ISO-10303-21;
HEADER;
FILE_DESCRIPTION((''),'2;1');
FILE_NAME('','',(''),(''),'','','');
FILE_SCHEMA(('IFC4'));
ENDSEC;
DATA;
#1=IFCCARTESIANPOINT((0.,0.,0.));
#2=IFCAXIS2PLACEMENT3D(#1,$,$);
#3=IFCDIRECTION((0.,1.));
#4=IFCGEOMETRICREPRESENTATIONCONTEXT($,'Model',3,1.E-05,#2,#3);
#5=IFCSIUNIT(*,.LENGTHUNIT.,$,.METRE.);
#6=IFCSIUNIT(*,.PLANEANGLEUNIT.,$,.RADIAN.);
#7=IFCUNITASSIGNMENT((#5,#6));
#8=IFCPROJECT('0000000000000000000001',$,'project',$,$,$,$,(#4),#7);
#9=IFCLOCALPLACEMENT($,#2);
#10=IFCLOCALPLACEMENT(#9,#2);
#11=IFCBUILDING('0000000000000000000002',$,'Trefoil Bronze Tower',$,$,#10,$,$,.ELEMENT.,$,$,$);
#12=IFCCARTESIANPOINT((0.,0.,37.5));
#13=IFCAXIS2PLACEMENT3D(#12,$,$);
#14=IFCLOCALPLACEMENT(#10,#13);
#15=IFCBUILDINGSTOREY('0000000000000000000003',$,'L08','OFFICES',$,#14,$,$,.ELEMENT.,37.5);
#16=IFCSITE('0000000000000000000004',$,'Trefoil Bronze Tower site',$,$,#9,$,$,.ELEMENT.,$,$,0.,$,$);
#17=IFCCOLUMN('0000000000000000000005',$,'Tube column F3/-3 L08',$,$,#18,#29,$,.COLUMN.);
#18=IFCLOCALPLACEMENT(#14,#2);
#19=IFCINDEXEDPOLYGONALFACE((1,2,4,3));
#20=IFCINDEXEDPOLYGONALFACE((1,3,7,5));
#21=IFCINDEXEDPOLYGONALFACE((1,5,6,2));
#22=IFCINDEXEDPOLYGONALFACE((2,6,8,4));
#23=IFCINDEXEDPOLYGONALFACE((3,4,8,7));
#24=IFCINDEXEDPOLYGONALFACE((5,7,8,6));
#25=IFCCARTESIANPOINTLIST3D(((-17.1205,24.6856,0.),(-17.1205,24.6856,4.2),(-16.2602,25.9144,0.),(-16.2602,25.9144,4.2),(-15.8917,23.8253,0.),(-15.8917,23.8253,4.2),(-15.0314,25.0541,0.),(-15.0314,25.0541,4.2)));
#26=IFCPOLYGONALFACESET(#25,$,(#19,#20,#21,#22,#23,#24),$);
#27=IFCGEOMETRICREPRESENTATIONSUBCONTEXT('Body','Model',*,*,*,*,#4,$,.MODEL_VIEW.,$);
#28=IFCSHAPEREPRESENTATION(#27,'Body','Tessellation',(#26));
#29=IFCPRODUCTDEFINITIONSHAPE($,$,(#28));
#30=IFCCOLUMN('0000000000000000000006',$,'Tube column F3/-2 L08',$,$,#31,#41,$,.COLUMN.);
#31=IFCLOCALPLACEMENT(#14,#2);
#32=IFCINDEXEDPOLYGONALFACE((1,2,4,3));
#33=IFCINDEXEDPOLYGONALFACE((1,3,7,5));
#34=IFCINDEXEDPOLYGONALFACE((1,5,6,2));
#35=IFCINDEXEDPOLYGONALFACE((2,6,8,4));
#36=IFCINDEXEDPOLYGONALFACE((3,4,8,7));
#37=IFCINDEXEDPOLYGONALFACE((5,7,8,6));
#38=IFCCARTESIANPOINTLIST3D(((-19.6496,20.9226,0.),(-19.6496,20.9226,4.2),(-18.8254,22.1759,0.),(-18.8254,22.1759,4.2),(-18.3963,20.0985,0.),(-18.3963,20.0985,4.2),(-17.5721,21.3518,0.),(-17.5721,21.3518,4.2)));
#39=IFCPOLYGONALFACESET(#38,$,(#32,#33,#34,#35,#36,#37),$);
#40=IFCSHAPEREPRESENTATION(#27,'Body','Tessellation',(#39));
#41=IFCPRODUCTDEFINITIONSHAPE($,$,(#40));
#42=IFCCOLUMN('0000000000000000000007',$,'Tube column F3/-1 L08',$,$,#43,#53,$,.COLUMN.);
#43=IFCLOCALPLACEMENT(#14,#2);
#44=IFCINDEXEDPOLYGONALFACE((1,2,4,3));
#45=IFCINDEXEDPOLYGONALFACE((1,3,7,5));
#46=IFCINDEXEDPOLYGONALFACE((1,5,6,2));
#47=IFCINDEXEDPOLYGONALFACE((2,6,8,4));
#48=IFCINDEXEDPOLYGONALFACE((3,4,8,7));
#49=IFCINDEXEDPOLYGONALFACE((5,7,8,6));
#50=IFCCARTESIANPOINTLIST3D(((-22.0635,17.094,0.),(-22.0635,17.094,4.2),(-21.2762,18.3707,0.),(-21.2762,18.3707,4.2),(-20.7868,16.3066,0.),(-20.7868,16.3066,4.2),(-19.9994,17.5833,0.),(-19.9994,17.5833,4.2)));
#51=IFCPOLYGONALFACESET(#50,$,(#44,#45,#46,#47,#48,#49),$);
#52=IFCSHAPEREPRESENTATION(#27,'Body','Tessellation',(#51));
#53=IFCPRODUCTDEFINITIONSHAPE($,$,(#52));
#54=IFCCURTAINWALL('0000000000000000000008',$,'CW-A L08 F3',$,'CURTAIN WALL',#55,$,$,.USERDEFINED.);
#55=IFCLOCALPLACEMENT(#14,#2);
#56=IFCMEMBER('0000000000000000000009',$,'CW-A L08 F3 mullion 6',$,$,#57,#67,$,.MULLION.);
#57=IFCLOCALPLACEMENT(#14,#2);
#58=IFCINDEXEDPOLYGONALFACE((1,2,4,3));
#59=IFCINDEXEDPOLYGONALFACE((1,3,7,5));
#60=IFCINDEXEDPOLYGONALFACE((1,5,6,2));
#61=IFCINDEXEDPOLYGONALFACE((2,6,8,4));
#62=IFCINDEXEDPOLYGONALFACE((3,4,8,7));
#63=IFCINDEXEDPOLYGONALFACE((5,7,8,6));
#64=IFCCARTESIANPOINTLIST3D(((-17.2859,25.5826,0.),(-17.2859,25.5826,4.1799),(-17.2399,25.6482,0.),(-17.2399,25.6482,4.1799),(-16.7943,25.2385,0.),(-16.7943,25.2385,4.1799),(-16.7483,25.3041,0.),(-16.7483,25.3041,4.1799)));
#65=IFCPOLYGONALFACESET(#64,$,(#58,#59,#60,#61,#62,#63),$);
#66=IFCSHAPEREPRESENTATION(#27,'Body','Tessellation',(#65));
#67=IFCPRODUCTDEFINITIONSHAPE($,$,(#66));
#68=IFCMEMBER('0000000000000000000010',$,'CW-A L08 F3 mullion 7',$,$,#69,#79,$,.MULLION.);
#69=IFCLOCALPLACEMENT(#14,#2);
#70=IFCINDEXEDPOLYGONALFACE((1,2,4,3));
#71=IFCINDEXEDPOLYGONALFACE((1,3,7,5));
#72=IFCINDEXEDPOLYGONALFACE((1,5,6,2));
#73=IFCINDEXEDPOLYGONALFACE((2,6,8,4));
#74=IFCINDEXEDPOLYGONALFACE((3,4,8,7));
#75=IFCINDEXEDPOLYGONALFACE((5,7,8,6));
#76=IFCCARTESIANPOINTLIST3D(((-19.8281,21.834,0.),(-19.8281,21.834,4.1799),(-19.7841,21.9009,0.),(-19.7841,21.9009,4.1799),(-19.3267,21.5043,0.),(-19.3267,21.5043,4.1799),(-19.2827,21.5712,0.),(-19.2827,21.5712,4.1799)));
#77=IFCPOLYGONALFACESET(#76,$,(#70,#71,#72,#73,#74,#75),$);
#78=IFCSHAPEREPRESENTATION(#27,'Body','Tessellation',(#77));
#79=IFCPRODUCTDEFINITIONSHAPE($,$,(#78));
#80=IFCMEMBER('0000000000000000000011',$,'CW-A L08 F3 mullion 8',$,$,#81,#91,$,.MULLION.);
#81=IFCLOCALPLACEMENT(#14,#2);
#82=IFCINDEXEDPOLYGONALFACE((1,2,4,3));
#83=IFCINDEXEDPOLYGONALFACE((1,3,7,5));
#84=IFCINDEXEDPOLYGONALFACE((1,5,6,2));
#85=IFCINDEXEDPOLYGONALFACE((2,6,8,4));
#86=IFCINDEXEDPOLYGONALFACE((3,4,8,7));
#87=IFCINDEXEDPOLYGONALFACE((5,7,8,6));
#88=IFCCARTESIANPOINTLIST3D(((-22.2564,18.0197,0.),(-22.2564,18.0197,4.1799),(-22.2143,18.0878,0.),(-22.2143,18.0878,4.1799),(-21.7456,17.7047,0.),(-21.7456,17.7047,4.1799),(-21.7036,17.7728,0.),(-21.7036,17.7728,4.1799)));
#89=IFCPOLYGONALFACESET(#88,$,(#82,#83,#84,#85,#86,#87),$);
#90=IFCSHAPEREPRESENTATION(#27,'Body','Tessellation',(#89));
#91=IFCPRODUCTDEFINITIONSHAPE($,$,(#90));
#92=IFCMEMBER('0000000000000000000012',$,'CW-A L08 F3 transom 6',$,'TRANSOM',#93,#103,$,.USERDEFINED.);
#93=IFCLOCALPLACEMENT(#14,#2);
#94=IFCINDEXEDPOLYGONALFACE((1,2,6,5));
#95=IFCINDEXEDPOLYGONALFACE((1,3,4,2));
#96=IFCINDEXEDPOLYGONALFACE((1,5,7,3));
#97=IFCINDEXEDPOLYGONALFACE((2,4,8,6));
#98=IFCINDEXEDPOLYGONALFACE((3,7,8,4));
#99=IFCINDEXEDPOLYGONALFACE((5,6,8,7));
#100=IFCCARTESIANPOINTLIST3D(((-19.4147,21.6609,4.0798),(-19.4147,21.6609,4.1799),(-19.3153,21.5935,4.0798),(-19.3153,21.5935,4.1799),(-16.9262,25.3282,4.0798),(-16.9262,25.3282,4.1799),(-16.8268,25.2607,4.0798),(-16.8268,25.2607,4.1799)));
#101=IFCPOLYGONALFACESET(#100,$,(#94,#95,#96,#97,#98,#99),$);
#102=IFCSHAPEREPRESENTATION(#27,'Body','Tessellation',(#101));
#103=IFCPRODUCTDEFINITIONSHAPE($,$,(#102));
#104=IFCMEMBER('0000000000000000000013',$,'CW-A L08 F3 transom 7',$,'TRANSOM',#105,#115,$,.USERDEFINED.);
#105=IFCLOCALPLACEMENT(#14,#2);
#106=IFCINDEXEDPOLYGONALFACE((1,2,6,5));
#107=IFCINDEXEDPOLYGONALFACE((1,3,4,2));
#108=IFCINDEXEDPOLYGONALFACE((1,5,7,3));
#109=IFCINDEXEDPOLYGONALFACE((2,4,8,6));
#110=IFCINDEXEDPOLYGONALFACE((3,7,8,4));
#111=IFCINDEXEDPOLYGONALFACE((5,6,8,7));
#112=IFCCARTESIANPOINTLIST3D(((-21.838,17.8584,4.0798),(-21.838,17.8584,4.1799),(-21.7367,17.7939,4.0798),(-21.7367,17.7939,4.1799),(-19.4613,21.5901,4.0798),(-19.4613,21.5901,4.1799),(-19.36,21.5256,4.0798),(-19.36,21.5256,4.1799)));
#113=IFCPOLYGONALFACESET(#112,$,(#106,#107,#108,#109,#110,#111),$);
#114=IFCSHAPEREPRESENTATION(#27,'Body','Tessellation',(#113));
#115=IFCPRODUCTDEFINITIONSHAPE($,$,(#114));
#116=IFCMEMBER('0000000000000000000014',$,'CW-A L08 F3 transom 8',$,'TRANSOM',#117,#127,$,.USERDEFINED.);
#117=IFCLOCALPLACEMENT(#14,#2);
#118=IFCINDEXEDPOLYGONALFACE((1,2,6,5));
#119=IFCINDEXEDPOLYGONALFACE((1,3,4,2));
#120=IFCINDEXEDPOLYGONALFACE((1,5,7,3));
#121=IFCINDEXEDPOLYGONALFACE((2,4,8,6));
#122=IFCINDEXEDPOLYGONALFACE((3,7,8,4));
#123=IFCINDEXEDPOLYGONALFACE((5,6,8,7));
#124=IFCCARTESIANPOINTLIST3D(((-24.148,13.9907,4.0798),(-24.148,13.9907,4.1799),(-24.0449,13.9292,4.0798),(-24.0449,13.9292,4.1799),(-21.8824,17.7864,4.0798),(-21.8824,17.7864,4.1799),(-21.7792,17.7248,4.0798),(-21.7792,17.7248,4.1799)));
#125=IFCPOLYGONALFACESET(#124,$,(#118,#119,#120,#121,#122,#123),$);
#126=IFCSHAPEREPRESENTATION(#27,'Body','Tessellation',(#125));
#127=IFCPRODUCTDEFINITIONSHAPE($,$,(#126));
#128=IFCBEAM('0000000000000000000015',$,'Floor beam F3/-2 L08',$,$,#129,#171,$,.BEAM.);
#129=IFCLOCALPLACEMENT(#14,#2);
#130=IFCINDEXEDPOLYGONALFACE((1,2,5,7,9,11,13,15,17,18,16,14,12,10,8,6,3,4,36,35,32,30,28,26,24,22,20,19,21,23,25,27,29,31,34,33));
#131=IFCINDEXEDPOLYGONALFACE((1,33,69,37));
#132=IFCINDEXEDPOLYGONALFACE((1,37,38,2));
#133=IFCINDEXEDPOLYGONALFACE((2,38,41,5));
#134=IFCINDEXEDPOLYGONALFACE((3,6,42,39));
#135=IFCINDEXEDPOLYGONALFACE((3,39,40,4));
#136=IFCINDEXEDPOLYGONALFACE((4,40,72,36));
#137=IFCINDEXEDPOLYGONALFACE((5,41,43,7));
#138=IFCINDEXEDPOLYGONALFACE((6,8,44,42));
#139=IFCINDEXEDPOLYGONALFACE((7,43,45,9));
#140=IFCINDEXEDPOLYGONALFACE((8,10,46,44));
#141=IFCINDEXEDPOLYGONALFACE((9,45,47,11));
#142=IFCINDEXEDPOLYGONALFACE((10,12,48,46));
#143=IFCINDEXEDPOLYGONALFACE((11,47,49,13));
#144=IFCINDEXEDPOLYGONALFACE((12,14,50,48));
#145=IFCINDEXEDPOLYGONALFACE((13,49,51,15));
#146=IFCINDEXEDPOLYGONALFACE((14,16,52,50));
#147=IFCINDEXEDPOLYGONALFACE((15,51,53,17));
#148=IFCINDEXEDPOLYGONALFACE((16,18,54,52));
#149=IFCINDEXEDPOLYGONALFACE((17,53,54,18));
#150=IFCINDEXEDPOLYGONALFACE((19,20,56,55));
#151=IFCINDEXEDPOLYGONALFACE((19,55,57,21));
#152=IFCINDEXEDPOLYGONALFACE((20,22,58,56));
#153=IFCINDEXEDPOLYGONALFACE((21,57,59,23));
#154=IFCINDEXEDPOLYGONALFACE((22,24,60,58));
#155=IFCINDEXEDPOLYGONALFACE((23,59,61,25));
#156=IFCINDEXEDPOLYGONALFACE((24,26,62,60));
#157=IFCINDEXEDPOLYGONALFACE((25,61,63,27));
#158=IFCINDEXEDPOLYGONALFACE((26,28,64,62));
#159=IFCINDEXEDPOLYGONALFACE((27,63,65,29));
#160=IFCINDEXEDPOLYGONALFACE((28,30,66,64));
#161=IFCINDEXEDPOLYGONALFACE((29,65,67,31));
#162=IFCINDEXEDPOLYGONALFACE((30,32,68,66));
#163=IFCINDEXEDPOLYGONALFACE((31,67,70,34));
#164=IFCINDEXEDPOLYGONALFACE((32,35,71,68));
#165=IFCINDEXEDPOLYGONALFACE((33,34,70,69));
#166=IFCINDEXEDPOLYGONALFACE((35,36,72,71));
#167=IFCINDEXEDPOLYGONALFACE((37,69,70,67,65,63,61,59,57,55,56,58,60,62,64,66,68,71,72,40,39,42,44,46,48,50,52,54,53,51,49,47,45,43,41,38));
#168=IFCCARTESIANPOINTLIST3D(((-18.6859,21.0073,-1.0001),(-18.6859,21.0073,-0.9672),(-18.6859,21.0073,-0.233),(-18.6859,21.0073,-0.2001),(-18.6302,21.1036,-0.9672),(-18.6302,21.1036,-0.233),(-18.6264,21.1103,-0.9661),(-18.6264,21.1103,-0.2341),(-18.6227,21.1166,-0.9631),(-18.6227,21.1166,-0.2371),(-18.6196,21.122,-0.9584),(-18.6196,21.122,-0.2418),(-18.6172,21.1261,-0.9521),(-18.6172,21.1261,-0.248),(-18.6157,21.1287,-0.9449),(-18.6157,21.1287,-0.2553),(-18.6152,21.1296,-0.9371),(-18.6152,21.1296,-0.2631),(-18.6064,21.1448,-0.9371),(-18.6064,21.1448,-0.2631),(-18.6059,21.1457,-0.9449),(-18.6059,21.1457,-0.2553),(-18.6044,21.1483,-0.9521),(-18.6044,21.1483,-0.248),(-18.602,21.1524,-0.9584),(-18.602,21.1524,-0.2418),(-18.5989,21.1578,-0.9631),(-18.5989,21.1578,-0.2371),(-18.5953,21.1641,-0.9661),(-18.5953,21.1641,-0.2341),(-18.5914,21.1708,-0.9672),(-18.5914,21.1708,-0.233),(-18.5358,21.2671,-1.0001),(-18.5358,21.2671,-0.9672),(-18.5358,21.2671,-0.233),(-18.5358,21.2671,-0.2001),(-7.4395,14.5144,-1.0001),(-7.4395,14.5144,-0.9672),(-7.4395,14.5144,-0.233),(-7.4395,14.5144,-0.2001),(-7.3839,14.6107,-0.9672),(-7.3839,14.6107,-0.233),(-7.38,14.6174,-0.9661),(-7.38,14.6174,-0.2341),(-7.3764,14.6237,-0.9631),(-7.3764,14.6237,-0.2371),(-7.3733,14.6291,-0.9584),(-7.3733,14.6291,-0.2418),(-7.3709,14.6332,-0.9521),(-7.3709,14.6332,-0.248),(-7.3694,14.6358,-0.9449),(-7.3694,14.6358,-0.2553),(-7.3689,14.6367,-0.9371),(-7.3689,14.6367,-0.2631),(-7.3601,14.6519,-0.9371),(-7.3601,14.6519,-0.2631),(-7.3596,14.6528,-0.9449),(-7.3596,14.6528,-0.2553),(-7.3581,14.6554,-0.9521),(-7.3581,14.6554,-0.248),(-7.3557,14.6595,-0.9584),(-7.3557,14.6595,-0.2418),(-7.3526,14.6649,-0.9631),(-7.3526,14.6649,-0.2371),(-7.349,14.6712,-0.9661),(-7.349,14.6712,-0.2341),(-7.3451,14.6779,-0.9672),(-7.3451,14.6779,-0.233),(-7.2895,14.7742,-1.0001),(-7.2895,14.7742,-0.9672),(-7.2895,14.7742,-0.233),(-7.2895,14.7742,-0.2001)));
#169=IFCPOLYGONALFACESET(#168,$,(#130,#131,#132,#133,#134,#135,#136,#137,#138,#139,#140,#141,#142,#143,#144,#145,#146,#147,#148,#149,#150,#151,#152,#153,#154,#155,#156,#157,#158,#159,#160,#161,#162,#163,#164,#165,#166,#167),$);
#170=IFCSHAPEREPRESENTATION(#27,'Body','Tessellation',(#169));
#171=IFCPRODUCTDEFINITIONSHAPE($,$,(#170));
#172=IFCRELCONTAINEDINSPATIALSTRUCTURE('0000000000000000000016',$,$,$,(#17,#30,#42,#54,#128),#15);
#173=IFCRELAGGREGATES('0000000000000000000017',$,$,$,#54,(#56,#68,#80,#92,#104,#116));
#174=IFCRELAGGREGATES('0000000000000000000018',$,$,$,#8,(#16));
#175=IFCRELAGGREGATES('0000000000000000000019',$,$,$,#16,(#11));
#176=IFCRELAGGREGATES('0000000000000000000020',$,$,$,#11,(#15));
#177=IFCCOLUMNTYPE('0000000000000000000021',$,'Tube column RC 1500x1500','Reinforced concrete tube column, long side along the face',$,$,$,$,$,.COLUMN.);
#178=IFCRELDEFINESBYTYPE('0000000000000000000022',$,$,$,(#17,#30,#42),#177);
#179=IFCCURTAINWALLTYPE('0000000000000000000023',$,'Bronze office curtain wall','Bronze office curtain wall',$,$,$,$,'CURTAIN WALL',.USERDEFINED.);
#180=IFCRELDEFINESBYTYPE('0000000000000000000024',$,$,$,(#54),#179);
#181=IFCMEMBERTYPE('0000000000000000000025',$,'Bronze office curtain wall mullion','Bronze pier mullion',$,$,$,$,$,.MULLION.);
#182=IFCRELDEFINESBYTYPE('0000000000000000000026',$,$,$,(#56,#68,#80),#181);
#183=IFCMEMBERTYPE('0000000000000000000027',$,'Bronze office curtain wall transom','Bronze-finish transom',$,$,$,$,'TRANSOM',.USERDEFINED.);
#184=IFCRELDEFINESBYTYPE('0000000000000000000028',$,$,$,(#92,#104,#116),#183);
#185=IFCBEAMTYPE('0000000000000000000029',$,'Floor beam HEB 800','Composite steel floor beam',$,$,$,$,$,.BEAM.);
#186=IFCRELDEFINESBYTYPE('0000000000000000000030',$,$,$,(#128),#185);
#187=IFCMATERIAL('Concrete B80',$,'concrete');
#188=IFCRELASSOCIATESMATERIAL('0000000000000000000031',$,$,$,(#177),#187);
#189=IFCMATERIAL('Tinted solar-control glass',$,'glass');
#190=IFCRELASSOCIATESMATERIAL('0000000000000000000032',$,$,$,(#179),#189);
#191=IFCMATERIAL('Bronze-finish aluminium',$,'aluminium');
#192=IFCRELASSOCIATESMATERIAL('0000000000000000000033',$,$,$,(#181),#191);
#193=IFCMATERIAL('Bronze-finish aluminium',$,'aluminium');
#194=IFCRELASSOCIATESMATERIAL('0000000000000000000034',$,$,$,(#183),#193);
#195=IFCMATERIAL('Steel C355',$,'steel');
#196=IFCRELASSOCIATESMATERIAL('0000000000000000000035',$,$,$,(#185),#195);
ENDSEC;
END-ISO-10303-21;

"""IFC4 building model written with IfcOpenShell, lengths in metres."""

from ifc_helpers import new_model, si_unit, direction, frame, origin, origin_2d, place, context, subcontext, project, spatial, rectangle, i_section, extrude, material, material_profile, profile_set, type_object, element, aggregate, save


model = new_model("IFC4")

# Units and contexts
model_context = context("Model", 3, precision=1e-05, world=origin(), true_north=direction((0.0, 1.0)))
body_context = subcontext(model_context, "Body", "Model", "MODEL_VIEW")
ifc_project = project(units=[si_unit("LENGTHUNIT", "METRE"), si_unit("PLANEANGLEUNIT", "RADIAN")], contexts=[model_context])

# Site, building, storey
site_placement = place(None, origin())
site = spatial("IfcSite", under=ifc_project, at=site_placement, Name="Trefoil Bronze Tower site", CompositionType="ELEMENT", RefElevation=0.0)
building_placement = place(site_placement, origin())
building = spatial("IfcBuilding", under=site, at=building_placement, Name="Trefoil Bronze Tower", CompositionType="ELEMENT")
storey_placement = place(building_placement, frame((0.0, 0.0, 37.5)))
storey = spatial("IfcBuildingStorey", under=building, at=storey_placement, Name="L08", Description="OFFICES", CompositionType="ELEMENT", Elevation=37.5)

# Columns
ifc_material_1 = material(Name="Concrete B80", Category="concrete")
ifc_material_profile_1 = material_profile(ifc_material_1, rectangle(XDim=1.5, YDim=1.5, at=origin_2d()), Name="RC 1500x1500")
ifc_profile_set_1 = profile_set([ifc_material_profile_1], Name="Concrete B80")
column_type = type_object("IfcColumnType", Name="Tube column RC 1500x1500", Description="Reinforced concrete tube column, long side along the face", PredefinedType="COLUMN", material=ifc_profile_set_1)
for number, where, z_axis, x_axis, name in (
    (1, (-16.0759, 24.8699, 0.0), (0.0, 0.0, 1.0), (-0.573502, -0.819204, 0.0), "Tube column F3/-3 L08"),
    (2, (-18.6108, 21.1372, 0.0), (0.0, 0.0, 1.0), (-0.549424, -0.835544, 0.0), "Tube column F3/-2 L08"),
    (3, (-21.0315, 17.3386, 0.0), (0.0, 0.0, 1.0), (-0.524923, -0.85115, 0.0), "Tube column F3/-1 L08"),
):
    element("IfcColumn", number, at=place(storey_placement, frame(where, z_axis=z_axis, x_axis=x_axis)), inside=storey, type_object=column_type, Name=name, PredefinedType="COLUMN", context=body_context, shape_type="SweptSolid", body=[
        extrude(rectangle(XDim=1.5, YDim=1.5, at=origin_2d()), origin(), (0.0, 0.0, 1.0), 4.2),
    ])

# Curtain wall, members
ifc_material_2 = material(Name="Tinted solar-control glass", Category="glass")
curtain_wall_type = type_object("IfcCurtainWallType", Name="Bronze office curtain wall", Description="Bronze office curtain wall", ElementType="CURTAIN WALL", PredefinedType="USERDEFINED", material=ifc_material_2)
curtain_wall_placement = place(storey_placement, origin())
curtain_wall = element("IfcCurtainWall", 4, at=curtain_wall_placement, inside=storey, type_object=curtain_wall_type, Name="CW-A L08 F3", ObjectType="CURTAIN WALL", PredefinedType="USERDEFINED")
ifc_material_3 = material(Name="Bronze-finish aluminium", Category="aluminium")
ifc_material_profile_2 = material_profile(ifc_material_3, rectangle(XDim=0.6001, YDim=0.0801, at=origin_2d()), Name="CW-A mullion")
ifc_profile_set_2 = profile_set([ifc_material_profile_2], Name="Bronze-finish aluminium")
member_type_1 = type_object("IfcMemberType", Name="Bronze office curtain wall mullion", Description="Bronze pier mullion", PredefinedType="MULLION", material=ifc_profile_set_2)
member_1_placement = place(storey_placement, frame((-17.0171, 25.4434, 0.0), z_axis=(0.0, 0.0, 1.0), x_axis=(0.819204, -0.573502, 0.0)))
member_1 = element("IfcMember", 5, at=member_1_placement, type_object=member_type_1, Name="CW-A L08 F3 mullion 6", PredefinedType="MULLION", context=body_context, shape_type="SweptSolid", body=[
    extrude(rectangle(XDim=0.6001, YDim=0.0801, at=origin_2d()), origin(), (0.0, 0.0, 1.0), 4.1799),
])
member_2_placement = place(storey_placement, frame((-19.5554, 21.7026, 0.0), z_axis=(0.0, 0.0, 1.0), x_axis=(0.835544, -0.549424, 0.0)))
member_2 = element("IfcMember", 6, at=member_2_placement, type_object=member_type_1, Name="CW-A L08 F3 mullion 7", PredefinedType="MULLION", context=body_context, shape_type="SweptSolid", body=[
    extrude(rectangle(XDim=0.6001, YDim=0.0801, at=origin_2d()), origin(), (0.0, 0.0, 1.0), 4.1799),
])
member_3_placement = place(storey_placement, frame((-21.98, 17.8962, 0.0), z_axis=(0.0, 0.0, 1.0), x_axis=(0.85115, -0.524923, 0.0)))
member_3 = element("IfcMember", 7, at=member_3_placement, type_object=member_type_1, Name="CW-A L08 F3 mullion 8", PredefinedType="MULLION", context=body_context, shape_type="SweptSolid", body=[
    extrude(rectangle(XDim=0.6001, YDim=0.0801, at=origin_2d()), origin(), (0.0, 0.0, 1.0), 4.1799),
])
ifc_material_4 = material(Name="Bronze-finish aluminium", Category="aluminium")
ifc_material_profile_3 = material_profile(ifc_material_4, rectangle(XDim=0.1201, YDim=0.1001, at=origin_2d()), Name="CW-A transom")
ifc_profile_set_3 = profile_set([ifc_material_profile_3], Name="Bronze-finish aluminium")
member_type_2 = type_object("IfcMemberType", Name="Bronze office curtain wall transom", Description="Bronze-finish transom", ElementType="TRANSOM", PredefinedType="USERDEFINED", material=ifc_profile_set_3)
member_4_placement = place(storey_placement, frame((-16.8765, 25.2944, 4.1299), z_axis=(-0.561508, -0.827471, 0.0), x_axis=(0.827471, -0.561508, 0.0)))
member_4 = element("IfcMember", 8, at=member_4_placement, type_object=member_type_2, Name="CW-A L08 F3 transom 6", ObjectType="TRANSOM", PredefinedType="USERDEFINED", context=body_context, shape_type="SweptSolid", body=[
    extrude(rectangle(XDim=0.1201, YDim=0.1001, at=origin_2d()), origin(), (0.0, 0.0, 1.0), 4.4319),
])
member_5_placement = place(storey_placement, frame((-19.4106, 21.5579, 4.1299), z_axis=(-0.537197, -0.843457, 0.0), x_axis=(0.843457, -0.537197, 0.0)))
member_5 = element("IfcMember", 9, at=member_5_placement, type_object=member_type_2, Name="CW-A L08 F3 transom 7", ObjectType="TRANSOM", PredefinedType="USERDEFINED", context=body_context, shape_type="SweptSolid", body=[
    extrude(rectangle(XDim=0.1201, YDim=0.1001, at=origin_2d()), origin(), (0.0, 0.0, 1.0), 4.4243),
])
member_6_placement = place(storey_placement, frame((-21.8308, 17.7556, 4.1299), z_axis=(-0.512537, -0.858665, 0.0), x_axis=(0.858665, -0.512537, 0.0)))
member_6 = element("IfcMember", 10, at=member_6_placement, type_object=member_type_2, Name="CW-A L08 F3 transom 8", ObjectType="TRANSOM", PredefinedType="USERDEFINED", context=body_context, shape_type="SweptSolid", body=[
    extrude(rectangle(XDim=0.1201, YDim=0.1001, at=origin_2d()), origin(), (0.0, 0.0, 1.0), 4.4204),
])

# Beam
ifc_material_5 = material(Name="Steel C355", Category="steel")
ifc_material_profile_4 = material_profile(ifc_material_5, i_section(OverallWidth=0.3, OverallDepth=0.8, WebThickness=0.0176, FlangeThickness=0.033, FilletRadius=0.03, at=origin_2d()), Name="HEB 800")
ifc_profile_set_4 = profile_set([ifc_material_profile_4], Name="Steel C355")
beam_type_1 = type_object("IfcBeamType", Name="Floor beam HEB 800", Description="Composite steel floor beam", PredefinedType="BEAM", material=ifc_profile_set_4)
beam_1_placement = place(storey_placement, frame((-18.6108, 21.1372, -0.6001), z_axis=(0.866031, -0.499991, 0.0), x_axis=(0.499991, 0.866031, 0.0)))
element("IfcBeam", 11, at=beam_1_placement, inside=storey, type_object=beam_type_1, Name="Floor beam F3/-2 L08", PredefinedType="BEAM", context=body_context, shape_type="SweptSolid", body=[
    extrude(i_section(OverallWidth=0.3, OverallDepth=0.8, WebThickness=0.0176, FlangeThickness=0.033, FilletRadius=0.03, at=origin_2d()), origin(), (0.0, 0.0, 1.0), 12.9861),
])

aggregate(curtain_wall, [member_1, member_2, member_3, member_4, member_5, member_6])

save(model, "model.ifc")
